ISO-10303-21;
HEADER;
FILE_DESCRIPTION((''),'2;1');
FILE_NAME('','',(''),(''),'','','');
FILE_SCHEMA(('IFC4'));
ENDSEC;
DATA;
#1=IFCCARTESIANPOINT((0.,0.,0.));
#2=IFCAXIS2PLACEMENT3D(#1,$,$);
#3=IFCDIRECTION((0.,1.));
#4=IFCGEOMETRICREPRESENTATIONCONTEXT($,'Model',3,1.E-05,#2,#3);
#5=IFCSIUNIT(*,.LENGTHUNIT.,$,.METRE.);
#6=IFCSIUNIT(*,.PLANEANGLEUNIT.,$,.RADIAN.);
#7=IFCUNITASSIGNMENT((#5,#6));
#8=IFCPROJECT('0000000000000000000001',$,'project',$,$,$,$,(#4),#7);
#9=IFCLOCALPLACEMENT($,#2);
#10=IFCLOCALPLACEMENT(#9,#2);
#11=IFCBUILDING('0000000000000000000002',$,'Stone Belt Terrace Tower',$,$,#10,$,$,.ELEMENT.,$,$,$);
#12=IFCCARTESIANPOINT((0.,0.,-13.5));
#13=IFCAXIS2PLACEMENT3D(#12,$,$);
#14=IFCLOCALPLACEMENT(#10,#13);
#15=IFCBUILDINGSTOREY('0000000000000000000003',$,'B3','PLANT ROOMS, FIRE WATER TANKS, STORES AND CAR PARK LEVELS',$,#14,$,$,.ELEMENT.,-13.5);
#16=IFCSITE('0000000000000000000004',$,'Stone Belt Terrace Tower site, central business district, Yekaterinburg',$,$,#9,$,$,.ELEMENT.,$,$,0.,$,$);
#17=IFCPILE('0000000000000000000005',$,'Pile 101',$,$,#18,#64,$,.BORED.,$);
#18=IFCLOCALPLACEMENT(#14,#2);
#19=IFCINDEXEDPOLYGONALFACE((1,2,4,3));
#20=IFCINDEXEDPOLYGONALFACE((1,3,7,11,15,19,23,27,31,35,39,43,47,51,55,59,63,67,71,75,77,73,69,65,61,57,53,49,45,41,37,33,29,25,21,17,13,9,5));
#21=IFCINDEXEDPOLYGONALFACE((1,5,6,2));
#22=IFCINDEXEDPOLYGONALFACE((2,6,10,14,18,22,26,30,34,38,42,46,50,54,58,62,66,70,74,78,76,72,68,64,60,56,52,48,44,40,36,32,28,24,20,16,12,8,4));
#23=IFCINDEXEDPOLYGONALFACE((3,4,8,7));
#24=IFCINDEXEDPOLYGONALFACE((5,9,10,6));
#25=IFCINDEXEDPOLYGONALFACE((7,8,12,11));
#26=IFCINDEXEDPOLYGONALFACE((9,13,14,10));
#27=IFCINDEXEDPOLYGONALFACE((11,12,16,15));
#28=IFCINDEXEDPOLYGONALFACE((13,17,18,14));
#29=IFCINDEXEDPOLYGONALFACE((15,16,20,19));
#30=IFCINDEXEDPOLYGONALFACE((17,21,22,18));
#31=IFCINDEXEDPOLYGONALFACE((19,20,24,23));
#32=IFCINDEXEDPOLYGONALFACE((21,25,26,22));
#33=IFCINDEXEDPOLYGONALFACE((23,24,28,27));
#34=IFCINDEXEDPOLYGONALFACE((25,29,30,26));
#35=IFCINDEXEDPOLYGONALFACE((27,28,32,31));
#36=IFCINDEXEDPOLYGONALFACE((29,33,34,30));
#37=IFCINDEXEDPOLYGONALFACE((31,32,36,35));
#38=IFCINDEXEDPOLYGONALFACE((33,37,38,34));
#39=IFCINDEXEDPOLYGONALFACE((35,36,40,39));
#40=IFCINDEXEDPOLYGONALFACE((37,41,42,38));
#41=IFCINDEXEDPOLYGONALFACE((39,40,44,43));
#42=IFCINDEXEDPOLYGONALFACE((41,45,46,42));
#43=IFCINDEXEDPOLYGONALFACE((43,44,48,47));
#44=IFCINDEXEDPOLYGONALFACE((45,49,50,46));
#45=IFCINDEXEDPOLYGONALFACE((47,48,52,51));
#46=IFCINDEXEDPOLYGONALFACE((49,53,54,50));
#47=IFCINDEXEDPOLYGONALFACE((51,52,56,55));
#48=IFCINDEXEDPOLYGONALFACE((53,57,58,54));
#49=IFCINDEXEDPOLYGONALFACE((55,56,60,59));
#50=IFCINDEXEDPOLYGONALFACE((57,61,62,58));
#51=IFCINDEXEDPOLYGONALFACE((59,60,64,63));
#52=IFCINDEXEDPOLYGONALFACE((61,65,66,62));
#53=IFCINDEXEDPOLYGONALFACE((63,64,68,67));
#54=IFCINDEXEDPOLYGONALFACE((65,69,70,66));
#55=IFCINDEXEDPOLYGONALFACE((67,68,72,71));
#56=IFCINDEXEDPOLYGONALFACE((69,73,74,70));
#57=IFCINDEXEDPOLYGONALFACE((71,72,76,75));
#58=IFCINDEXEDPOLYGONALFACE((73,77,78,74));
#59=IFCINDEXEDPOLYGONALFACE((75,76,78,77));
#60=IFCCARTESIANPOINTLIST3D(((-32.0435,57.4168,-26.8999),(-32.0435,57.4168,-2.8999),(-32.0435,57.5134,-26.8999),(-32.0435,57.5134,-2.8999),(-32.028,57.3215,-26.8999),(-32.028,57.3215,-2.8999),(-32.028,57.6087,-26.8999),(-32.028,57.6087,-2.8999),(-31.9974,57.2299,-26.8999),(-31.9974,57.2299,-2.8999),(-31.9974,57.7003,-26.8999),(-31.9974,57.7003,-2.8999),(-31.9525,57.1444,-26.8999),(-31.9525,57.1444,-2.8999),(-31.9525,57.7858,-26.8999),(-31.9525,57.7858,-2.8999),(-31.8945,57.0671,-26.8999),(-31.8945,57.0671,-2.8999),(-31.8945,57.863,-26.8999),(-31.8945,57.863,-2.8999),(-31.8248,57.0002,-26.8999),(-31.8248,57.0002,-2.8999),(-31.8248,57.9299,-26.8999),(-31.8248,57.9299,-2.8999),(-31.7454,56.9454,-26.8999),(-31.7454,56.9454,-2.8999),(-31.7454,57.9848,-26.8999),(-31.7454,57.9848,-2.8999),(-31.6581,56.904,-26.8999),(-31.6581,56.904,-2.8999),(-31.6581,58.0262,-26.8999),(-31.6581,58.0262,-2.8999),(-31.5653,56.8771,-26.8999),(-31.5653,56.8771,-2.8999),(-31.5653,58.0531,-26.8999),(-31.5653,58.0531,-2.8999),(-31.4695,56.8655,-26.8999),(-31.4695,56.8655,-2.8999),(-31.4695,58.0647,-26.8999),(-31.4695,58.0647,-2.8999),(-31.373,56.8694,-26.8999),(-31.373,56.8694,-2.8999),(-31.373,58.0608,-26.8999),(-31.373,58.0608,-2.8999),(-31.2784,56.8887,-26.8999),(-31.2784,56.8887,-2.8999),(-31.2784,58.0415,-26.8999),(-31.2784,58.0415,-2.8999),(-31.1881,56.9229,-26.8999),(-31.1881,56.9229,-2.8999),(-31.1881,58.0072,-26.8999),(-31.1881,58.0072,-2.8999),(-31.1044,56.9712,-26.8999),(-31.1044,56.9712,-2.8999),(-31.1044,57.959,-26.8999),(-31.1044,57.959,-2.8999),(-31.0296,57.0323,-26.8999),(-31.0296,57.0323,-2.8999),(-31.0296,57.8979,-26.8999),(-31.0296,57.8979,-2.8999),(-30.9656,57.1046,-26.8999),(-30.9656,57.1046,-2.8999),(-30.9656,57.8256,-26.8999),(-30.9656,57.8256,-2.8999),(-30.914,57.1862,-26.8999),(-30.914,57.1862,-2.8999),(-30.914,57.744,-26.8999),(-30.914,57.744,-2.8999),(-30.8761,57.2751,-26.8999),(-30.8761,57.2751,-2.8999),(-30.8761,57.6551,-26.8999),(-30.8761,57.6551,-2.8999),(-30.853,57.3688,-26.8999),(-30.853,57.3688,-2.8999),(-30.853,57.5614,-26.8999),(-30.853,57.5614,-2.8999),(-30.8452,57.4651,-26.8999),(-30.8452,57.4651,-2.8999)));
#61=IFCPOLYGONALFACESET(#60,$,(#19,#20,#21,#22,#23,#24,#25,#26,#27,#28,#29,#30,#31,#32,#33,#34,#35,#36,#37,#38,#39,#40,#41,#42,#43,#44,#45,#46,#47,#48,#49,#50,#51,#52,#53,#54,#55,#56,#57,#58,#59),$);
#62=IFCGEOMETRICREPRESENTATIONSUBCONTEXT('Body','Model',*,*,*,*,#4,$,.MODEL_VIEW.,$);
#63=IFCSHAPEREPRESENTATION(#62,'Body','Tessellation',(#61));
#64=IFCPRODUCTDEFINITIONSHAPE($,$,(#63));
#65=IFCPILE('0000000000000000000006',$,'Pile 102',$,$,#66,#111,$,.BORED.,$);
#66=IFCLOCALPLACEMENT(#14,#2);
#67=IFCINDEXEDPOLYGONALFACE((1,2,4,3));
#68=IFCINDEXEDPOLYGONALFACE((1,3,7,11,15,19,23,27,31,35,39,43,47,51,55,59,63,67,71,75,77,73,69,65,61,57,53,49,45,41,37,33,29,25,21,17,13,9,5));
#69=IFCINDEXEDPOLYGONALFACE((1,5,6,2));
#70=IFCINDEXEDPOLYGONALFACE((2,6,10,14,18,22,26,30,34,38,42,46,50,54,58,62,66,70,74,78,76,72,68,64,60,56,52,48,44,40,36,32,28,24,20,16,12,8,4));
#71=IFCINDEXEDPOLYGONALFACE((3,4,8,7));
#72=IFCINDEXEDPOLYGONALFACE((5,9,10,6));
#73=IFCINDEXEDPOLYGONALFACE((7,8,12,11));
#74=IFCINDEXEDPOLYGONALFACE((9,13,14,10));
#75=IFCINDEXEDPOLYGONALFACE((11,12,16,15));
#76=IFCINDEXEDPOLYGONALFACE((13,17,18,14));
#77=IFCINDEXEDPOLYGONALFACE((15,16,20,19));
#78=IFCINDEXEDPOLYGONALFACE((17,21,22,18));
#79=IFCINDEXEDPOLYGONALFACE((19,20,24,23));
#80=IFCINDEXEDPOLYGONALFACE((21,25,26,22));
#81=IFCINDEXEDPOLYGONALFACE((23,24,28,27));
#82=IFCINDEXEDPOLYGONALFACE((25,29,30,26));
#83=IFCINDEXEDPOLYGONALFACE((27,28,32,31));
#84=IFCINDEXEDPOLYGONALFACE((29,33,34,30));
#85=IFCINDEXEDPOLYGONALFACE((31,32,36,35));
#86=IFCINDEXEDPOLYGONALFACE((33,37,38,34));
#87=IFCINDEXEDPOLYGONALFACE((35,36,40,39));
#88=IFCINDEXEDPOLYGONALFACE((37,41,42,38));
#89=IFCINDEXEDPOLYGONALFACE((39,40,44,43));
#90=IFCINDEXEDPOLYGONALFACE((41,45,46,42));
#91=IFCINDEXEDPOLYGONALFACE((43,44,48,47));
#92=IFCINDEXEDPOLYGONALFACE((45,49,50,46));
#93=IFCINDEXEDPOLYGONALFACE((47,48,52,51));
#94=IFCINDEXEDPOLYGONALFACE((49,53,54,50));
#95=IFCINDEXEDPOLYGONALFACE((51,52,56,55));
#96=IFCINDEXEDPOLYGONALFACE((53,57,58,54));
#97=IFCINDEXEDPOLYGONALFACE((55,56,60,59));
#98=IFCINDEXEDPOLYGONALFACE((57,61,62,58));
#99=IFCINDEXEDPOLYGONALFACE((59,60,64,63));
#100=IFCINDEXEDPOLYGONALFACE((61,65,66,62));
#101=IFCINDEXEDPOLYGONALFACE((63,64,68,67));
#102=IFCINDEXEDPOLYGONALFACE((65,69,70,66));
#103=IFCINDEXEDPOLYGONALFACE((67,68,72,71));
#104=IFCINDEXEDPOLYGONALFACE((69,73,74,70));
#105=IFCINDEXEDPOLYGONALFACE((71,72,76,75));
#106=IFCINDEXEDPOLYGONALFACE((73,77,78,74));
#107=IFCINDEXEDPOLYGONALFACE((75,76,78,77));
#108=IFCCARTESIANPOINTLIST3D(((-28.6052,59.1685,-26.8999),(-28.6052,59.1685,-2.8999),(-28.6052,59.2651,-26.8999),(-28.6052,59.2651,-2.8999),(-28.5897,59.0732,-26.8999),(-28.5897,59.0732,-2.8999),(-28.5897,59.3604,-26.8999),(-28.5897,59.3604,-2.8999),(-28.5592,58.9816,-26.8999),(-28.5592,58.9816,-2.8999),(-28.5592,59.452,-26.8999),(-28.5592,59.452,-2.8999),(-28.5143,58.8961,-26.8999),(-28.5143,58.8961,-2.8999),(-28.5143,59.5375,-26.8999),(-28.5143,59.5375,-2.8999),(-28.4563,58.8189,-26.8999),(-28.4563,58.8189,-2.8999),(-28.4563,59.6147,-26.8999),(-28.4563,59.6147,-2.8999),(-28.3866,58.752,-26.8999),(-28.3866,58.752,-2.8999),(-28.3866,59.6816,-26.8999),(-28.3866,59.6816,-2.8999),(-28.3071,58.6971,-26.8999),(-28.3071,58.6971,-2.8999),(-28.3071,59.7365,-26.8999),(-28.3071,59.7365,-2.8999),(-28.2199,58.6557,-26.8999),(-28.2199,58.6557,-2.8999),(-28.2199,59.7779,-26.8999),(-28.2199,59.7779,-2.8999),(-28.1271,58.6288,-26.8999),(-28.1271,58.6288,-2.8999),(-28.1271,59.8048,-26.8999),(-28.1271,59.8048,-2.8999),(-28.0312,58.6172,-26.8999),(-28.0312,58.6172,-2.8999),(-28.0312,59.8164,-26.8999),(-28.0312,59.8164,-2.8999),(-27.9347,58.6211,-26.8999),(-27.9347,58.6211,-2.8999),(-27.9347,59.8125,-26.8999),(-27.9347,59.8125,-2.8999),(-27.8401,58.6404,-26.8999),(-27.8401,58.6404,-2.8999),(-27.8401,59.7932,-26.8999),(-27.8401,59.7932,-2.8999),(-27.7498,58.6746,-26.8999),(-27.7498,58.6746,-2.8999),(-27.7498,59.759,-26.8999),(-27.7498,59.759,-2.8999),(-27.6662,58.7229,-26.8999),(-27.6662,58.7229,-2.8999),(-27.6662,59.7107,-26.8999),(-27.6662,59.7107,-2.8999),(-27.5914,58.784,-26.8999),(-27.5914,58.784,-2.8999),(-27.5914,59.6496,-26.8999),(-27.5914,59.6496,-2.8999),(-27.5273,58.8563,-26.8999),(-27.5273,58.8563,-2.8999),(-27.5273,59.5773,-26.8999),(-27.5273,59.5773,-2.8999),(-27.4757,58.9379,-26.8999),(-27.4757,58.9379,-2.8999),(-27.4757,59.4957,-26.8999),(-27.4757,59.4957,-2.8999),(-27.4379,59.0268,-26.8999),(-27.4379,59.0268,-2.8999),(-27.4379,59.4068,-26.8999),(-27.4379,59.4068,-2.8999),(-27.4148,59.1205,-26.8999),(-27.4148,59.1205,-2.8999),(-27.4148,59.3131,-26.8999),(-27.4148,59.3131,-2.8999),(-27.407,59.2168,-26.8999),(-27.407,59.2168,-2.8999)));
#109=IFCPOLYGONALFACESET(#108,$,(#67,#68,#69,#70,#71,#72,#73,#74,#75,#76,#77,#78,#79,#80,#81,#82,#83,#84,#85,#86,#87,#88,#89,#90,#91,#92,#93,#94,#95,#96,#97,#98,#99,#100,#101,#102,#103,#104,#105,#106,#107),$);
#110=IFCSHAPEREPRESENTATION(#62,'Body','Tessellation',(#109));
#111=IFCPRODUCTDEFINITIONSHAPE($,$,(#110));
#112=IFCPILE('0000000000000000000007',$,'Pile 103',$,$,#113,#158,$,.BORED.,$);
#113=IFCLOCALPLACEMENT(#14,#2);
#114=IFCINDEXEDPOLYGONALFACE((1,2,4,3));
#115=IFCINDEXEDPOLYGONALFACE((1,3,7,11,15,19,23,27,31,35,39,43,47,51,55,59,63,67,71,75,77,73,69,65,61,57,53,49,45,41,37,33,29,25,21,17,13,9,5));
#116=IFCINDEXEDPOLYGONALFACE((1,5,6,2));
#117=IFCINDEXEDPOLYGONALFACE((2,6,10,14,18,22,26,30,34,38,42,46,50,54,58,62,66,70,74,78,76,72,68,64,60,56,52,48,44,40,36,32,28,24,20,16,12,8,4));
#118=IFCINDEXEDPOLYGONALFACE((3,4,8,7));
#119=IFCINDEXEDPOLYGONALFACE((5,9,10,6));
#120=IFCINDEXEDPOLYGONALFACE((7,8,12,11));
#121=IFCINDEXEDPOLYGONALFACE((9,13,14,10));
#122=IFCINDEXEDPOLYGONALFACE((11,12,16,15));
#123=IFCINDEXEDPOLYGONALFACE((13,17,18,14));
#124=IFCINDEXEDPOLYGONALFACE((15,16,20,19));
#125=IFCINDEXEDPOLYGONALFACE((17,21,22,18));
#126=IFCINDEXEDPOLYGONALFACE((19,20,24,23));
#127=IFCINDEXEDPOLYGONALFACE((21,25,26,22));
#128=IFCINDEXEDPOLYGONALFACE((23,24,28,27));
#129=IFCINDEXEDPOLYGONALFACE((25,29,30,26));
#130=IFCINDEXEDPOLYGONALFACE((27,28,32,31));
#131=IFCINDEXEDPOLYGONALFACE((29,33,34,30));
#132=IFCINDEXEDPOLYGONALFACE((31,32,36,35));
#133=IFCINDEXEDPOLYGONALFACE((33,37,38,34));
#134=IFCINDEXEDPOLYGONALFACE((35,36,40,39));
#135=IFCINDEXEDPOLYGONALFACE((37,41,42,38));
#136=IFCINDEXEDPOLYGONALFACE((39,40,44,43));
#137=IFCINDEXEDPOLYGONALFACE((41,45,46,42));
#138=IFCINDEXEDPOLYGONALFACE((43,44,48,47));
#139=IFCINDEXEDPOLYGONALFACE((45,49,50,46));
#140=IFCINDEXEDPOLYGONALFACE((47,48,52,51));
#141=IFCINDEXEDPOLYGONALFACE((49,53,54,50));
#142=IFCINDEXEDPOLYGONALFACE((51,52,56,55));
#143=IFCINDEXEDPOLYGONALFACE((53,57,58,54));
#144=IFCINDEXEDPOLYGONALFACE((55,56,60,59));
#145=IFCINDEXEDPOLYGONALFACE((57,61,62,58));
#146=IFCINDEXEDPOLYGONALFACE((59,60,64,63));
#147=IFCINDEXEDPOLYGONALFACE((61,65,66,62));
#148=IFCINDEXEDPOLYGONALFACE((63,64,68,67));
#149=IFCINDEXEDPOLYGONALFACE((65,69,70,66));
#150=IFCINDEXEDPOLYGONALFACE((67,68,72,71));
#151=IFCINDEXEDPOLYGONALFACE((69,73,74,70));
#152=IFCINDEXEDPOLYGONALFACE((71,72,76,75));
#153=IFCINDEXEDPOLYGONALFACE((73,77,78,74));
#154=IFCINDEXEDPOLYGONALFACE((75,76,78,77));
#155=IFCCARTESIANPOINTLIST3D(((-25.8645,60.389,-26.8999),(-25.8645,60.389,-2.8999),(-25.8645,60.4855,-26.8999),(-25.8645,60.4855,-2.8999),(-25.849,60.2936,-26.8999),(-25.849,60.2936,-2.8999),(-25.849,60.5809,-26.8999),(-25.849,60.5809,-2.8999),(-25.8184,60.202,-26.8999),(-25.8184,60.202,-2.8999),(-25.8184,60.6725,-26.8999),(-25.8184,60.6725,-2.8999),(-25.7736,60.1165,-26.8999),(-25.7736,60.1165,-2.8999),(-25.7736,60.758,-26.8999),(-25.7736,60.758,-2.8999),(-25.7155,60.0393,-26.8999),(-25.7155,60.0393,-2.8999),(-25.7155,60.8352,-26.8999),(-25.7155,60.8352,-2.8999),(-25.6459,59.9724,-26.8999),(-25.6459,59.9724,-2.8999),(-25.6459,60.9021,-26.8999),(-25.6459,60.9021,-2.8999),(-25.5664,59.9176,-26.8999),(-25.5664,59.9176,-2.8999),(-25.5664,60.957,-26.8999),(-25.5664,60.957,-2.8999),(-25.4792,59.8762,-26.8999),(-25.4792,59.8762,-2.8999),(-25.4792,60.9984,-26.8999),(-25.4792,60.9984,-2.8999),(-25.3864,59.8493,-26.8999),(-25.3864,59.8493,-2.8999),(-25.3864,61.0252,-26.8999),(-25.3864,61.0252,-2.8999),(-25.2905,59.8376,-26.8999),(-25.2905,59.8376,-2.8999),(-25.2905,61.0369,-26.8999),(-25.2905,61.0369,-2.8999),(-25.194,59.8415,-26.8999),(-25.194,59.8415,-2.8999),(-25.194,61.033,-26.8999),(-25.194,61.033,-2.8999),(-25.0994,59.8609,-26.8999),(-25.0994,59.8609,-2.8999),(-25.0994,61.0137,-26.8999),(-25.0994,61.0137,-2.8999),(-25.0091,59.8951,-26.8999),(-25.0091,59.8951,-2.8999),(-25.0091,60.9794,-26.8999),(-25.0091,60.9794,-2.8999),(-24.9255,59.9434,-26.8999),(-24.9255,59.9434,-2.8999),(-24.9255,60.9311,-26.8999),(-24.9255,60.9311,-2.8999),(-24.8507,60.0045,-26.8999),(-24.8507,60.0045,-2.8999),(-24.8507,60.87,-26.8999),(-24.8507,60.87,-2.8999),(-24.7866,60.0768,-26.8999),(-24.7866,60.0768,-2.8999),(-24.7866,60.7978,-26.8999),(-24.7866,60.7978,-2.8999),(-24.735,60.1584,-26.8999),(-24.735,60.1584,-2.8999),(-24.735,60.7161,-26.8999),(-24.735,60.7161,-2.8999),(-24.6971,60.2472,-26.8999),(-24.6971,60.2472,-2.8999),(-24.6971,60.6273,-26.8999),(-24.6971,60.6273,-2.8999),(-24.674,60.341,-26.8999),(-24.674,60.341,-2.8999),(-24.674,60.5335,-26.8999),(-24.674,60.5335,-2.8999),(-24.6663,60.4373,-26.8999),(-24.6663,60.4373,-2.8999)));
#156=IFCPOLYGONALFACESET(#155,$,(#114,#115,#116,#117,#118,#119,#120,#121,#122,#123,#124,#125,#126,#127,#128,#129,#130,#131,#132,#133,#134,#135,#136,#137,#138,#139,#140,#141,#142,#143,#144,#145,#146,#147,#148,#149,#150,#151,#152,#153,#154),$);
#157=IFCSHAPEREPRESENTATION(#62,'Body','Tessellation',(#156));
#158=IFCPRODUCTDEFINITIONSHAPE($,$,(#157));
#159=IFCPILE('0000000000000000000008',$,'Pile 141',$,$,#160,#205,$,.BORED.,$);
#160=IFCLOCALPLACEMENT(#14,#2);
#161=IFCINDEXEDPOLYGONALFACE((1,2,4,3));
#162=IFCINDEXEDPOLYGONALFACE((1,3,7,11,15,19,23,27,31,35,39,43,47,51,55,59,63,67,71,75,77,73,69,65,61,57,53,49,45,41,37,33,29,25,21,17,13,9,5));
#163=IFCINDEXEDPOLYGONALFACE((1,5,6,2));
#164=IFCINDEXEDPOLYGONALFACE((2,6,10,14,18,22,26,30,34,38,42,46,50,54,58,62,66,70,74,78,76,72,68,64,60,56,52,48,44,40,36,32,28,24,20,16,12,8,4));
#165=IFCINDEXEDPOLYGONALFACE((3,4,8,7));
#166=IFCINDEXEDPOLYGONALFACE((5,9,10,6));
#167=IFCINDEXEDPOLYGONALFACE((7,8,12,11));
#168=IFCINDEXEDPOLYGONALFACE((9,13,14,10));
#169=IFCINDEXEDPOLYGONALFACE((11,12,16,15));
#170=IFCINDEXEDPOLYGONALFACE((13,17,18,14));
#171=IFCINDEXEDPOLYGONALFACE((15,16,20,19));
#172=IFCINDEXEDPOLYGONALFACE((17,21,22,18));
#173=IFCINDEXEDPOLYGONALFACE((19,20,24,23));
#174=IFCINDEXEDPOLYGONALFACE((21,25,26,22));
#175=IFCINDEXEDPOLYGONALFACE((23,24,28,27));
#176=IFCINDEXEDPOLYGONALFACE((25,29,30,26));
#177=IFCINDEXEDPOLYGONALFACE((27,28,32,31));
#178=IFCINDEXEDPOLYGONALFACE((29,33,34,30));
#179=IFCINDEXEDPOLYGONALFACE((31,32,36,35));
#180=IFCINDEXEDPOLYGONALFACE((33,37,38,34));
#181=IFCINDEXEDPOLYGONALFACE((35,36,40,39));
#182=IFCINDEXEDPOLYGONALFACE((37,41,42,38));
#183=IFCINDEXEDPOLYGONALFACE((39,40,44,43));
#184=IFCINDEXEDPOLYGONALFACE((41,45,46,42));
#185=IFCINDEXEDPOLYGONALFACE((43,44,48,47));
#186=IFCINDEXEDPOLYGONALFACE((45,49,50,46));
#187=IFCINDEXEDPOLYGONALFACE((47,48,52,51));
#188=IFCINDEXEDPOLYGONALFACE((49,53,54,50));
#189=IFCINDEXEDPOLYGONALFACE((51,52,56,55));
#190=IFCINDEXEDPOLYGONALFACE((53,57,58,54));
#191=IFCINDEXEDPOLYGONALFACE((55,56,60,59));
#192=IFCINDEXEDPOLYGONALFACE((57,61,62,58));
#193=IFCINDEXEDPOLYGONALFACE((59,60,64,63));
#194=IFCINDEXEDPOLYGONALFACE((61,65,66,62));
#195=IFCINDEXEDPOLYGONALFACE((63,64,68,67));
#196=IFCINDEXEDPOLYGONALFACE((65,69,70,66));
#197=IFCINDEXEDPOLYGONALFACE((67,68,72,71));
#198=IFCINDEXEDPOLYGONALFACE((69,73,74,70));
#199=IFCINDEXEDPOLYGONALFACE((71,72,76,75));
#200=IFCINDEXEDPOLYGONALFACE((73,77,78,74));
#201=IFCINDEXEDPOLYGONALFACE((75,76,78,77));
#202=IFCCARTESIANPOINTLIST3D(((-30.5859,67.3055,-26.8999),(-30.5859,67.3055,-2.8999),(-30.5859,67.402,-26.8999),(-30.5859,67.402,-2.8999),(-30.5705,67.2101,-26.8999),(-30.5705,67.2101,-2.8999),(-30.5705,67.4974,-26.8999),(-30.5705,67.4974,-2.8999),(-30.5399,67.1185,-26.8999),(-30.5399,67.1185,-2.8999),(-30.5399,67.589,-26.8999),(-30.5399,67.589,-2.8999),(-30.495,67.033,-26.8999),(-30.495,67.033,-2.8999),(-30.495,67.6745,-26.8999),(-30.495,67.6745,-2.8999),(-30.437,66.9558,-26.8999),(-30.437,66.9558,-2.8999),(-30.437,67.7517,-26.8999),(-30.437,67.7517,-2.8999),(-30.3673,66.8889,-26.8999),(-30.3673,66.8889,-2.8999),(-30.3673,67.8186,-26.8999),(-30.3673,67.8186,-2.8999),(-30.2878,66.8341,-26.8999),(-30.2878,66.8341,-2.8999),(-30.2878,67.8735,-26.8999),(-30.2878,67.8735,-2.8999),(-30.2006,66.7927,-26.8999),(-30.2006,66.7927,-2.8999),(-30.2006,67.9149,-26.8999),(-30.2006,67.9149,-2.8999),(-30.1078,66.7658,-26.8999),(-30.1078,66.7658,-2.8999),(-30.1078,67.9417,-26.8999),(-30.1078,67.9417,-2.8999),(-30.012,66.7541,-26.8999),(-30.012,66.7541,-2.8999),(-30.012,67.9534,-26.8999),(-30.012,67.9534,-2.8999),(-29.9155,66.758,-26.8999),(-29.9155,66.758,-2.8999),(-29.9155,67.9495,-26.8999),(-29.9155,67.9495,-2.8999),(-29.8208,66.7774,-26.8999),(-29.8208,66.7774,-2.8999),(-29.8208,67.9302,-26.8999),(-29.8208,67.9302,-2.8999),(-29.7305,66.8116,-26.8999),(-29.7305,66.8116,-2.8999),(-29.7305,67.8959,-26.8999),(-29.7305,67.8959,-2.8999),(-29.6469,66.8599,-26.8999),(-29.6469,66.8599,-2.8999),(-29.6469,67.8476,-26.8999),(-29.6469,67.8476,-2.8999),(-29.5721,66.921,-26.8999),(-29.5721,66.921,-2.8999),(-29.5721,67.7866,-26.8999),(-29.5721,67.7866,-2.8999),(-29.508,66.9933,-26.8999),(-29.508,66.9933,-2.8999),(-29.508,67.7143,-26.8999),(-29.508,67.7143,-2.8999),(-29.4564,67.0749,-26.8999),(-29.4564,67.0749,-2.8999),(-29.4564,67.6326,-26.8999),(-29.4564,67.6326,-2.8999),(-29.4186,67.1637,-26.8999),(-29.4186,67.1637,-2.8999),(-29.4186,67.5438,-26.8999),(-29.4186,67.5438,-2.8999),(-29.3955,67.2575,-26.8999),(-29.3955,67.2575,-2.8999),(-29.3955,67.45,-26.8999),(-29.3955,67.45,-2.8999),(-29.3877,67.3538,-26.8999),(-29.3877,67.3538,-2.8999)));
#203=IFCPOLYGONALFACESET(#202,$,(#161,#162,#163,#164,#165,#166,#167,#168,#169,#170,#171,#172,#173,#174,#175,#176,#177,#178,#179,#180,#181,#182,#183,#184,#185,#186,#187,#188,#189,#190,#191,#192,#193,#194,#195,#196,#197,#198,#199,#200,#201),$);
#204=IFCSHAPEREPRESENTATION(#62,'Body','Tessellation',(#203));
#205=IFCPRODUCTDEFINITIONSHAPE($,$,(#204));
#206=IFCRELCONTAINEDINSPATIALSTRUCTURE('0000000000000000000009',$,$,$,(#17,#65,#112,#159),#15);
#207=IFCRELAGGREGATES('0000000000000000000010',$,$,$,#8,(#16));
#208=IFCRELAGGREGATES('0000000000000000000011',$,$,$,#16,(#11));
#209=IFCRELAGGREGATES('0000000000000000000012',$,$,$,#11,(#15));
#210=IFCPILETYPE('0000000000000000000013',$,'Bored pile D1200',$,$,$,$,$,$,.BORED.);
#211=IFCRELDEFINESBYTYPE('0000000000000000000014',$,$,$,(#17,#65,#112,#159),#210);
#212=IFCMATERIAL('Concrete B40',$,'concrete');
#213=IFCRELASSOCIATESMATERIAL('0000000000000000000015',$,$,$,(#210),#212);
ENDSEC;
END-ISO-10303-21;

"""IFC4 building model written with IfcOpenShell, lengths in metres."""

from ifc_helpers import new_model, si_unit, direction, frame, origin, origin_2d, place, context, subcontext, project, spatial, circle, extrude, material, material_profile, profile_set, type_object, element, save


model = new_model("IFC4")

# Units and contexts
model_context = context("Model", 3, precision=1e-05, world=origin(), true_north=direction((0.0, 1.0)))
body_context = subcontext(model_context, "Body", "Model", "MODEL_VIEW")
ifc_project = project(units=[si_unit("LENGTHUNIT", "METRE"), si_unit("PLANEANGLEUNIT", "RADIAN")], contexts=[model_context])

# Site, building, storey
site_placement = place(None, origin())
site = spatial("IfcSite", under=ifc_project, at=site_placement, Name="Stone Belt Terrace Tower site, central business district, Yekaterinburg", CompositionType="ELEMENT", RefElevation=0.0)
building_placement = place(site_placement, origin())
building = spatial("IfcBuilding", under=site, at=building_placement, Name="Stone Belt Terrace Tower", CompositionType="ELEMENT")
storey_placement = place(building_placement, frame((0.0, 0.0, -13.5)))
storey = spatial("IfcBuildingStorey", under=building, at=storey_placement, Name="B3", Description="PLANT ROOMS, FIRE WATER TANKS, STORES AND CAR PARK LEVELS", CompositionType="ELEMENT", Elevation=-13.5)

# Piles
ifc_material_1 = material(Name="Concrete B40", Category="concrete")
ifc_material_profile_1 = material_profile(ifc_material_1, circle(Radius=0.6001, at=origin_2d()), Name="PILE D1200")
ifc_profile_set_1 = profile_set([ifc_material_profile_1], Name="Concrete B40")
pile_type = type_object("IfcPileType", Name="Bored pile D1200", PredefinedType="BORED", material=ifc_profile_set_1)
for number, where, z_axis, x_axis, name in (
    (1, (-31.4453, 57.4651, -2.8999), (0.0, 0.0, -1.0), (1.0, 0.0, 0.0), "Pile 101"),
    (2, (-28.0071, 59.2168, -2.8999), (0.0, 0.0, -1.0), (1.0, 0.0, 0.0), "Pile 102"),
    (3, (-25.2664, 60.4373, -2.8999), (0.0, 0.0, -1.0), (1.0, 0.0, 0.0), "Pile 103"),
    (4, (-29.9878, 67.3538, -2.8999), (0.0, 0.0, -1.0), (1.0, 0.0, 0.0), "Pile 141"),
):
    element("IfcPile", number, at=place(storey_placement, frame(where, z_axis=z_axis, x_axis=x_axis)), inside=storey, type_object=pile_type, Name=name, PredefinedType="BORED", context=body_context, shape_type="SweptSolid", body=[
        extrude(circle(Radius=0.6001, at=origin_2d()), origin(), (0.0, 0.0, 1.0), 24.0),
    ])

save(model, "model.ifc")
